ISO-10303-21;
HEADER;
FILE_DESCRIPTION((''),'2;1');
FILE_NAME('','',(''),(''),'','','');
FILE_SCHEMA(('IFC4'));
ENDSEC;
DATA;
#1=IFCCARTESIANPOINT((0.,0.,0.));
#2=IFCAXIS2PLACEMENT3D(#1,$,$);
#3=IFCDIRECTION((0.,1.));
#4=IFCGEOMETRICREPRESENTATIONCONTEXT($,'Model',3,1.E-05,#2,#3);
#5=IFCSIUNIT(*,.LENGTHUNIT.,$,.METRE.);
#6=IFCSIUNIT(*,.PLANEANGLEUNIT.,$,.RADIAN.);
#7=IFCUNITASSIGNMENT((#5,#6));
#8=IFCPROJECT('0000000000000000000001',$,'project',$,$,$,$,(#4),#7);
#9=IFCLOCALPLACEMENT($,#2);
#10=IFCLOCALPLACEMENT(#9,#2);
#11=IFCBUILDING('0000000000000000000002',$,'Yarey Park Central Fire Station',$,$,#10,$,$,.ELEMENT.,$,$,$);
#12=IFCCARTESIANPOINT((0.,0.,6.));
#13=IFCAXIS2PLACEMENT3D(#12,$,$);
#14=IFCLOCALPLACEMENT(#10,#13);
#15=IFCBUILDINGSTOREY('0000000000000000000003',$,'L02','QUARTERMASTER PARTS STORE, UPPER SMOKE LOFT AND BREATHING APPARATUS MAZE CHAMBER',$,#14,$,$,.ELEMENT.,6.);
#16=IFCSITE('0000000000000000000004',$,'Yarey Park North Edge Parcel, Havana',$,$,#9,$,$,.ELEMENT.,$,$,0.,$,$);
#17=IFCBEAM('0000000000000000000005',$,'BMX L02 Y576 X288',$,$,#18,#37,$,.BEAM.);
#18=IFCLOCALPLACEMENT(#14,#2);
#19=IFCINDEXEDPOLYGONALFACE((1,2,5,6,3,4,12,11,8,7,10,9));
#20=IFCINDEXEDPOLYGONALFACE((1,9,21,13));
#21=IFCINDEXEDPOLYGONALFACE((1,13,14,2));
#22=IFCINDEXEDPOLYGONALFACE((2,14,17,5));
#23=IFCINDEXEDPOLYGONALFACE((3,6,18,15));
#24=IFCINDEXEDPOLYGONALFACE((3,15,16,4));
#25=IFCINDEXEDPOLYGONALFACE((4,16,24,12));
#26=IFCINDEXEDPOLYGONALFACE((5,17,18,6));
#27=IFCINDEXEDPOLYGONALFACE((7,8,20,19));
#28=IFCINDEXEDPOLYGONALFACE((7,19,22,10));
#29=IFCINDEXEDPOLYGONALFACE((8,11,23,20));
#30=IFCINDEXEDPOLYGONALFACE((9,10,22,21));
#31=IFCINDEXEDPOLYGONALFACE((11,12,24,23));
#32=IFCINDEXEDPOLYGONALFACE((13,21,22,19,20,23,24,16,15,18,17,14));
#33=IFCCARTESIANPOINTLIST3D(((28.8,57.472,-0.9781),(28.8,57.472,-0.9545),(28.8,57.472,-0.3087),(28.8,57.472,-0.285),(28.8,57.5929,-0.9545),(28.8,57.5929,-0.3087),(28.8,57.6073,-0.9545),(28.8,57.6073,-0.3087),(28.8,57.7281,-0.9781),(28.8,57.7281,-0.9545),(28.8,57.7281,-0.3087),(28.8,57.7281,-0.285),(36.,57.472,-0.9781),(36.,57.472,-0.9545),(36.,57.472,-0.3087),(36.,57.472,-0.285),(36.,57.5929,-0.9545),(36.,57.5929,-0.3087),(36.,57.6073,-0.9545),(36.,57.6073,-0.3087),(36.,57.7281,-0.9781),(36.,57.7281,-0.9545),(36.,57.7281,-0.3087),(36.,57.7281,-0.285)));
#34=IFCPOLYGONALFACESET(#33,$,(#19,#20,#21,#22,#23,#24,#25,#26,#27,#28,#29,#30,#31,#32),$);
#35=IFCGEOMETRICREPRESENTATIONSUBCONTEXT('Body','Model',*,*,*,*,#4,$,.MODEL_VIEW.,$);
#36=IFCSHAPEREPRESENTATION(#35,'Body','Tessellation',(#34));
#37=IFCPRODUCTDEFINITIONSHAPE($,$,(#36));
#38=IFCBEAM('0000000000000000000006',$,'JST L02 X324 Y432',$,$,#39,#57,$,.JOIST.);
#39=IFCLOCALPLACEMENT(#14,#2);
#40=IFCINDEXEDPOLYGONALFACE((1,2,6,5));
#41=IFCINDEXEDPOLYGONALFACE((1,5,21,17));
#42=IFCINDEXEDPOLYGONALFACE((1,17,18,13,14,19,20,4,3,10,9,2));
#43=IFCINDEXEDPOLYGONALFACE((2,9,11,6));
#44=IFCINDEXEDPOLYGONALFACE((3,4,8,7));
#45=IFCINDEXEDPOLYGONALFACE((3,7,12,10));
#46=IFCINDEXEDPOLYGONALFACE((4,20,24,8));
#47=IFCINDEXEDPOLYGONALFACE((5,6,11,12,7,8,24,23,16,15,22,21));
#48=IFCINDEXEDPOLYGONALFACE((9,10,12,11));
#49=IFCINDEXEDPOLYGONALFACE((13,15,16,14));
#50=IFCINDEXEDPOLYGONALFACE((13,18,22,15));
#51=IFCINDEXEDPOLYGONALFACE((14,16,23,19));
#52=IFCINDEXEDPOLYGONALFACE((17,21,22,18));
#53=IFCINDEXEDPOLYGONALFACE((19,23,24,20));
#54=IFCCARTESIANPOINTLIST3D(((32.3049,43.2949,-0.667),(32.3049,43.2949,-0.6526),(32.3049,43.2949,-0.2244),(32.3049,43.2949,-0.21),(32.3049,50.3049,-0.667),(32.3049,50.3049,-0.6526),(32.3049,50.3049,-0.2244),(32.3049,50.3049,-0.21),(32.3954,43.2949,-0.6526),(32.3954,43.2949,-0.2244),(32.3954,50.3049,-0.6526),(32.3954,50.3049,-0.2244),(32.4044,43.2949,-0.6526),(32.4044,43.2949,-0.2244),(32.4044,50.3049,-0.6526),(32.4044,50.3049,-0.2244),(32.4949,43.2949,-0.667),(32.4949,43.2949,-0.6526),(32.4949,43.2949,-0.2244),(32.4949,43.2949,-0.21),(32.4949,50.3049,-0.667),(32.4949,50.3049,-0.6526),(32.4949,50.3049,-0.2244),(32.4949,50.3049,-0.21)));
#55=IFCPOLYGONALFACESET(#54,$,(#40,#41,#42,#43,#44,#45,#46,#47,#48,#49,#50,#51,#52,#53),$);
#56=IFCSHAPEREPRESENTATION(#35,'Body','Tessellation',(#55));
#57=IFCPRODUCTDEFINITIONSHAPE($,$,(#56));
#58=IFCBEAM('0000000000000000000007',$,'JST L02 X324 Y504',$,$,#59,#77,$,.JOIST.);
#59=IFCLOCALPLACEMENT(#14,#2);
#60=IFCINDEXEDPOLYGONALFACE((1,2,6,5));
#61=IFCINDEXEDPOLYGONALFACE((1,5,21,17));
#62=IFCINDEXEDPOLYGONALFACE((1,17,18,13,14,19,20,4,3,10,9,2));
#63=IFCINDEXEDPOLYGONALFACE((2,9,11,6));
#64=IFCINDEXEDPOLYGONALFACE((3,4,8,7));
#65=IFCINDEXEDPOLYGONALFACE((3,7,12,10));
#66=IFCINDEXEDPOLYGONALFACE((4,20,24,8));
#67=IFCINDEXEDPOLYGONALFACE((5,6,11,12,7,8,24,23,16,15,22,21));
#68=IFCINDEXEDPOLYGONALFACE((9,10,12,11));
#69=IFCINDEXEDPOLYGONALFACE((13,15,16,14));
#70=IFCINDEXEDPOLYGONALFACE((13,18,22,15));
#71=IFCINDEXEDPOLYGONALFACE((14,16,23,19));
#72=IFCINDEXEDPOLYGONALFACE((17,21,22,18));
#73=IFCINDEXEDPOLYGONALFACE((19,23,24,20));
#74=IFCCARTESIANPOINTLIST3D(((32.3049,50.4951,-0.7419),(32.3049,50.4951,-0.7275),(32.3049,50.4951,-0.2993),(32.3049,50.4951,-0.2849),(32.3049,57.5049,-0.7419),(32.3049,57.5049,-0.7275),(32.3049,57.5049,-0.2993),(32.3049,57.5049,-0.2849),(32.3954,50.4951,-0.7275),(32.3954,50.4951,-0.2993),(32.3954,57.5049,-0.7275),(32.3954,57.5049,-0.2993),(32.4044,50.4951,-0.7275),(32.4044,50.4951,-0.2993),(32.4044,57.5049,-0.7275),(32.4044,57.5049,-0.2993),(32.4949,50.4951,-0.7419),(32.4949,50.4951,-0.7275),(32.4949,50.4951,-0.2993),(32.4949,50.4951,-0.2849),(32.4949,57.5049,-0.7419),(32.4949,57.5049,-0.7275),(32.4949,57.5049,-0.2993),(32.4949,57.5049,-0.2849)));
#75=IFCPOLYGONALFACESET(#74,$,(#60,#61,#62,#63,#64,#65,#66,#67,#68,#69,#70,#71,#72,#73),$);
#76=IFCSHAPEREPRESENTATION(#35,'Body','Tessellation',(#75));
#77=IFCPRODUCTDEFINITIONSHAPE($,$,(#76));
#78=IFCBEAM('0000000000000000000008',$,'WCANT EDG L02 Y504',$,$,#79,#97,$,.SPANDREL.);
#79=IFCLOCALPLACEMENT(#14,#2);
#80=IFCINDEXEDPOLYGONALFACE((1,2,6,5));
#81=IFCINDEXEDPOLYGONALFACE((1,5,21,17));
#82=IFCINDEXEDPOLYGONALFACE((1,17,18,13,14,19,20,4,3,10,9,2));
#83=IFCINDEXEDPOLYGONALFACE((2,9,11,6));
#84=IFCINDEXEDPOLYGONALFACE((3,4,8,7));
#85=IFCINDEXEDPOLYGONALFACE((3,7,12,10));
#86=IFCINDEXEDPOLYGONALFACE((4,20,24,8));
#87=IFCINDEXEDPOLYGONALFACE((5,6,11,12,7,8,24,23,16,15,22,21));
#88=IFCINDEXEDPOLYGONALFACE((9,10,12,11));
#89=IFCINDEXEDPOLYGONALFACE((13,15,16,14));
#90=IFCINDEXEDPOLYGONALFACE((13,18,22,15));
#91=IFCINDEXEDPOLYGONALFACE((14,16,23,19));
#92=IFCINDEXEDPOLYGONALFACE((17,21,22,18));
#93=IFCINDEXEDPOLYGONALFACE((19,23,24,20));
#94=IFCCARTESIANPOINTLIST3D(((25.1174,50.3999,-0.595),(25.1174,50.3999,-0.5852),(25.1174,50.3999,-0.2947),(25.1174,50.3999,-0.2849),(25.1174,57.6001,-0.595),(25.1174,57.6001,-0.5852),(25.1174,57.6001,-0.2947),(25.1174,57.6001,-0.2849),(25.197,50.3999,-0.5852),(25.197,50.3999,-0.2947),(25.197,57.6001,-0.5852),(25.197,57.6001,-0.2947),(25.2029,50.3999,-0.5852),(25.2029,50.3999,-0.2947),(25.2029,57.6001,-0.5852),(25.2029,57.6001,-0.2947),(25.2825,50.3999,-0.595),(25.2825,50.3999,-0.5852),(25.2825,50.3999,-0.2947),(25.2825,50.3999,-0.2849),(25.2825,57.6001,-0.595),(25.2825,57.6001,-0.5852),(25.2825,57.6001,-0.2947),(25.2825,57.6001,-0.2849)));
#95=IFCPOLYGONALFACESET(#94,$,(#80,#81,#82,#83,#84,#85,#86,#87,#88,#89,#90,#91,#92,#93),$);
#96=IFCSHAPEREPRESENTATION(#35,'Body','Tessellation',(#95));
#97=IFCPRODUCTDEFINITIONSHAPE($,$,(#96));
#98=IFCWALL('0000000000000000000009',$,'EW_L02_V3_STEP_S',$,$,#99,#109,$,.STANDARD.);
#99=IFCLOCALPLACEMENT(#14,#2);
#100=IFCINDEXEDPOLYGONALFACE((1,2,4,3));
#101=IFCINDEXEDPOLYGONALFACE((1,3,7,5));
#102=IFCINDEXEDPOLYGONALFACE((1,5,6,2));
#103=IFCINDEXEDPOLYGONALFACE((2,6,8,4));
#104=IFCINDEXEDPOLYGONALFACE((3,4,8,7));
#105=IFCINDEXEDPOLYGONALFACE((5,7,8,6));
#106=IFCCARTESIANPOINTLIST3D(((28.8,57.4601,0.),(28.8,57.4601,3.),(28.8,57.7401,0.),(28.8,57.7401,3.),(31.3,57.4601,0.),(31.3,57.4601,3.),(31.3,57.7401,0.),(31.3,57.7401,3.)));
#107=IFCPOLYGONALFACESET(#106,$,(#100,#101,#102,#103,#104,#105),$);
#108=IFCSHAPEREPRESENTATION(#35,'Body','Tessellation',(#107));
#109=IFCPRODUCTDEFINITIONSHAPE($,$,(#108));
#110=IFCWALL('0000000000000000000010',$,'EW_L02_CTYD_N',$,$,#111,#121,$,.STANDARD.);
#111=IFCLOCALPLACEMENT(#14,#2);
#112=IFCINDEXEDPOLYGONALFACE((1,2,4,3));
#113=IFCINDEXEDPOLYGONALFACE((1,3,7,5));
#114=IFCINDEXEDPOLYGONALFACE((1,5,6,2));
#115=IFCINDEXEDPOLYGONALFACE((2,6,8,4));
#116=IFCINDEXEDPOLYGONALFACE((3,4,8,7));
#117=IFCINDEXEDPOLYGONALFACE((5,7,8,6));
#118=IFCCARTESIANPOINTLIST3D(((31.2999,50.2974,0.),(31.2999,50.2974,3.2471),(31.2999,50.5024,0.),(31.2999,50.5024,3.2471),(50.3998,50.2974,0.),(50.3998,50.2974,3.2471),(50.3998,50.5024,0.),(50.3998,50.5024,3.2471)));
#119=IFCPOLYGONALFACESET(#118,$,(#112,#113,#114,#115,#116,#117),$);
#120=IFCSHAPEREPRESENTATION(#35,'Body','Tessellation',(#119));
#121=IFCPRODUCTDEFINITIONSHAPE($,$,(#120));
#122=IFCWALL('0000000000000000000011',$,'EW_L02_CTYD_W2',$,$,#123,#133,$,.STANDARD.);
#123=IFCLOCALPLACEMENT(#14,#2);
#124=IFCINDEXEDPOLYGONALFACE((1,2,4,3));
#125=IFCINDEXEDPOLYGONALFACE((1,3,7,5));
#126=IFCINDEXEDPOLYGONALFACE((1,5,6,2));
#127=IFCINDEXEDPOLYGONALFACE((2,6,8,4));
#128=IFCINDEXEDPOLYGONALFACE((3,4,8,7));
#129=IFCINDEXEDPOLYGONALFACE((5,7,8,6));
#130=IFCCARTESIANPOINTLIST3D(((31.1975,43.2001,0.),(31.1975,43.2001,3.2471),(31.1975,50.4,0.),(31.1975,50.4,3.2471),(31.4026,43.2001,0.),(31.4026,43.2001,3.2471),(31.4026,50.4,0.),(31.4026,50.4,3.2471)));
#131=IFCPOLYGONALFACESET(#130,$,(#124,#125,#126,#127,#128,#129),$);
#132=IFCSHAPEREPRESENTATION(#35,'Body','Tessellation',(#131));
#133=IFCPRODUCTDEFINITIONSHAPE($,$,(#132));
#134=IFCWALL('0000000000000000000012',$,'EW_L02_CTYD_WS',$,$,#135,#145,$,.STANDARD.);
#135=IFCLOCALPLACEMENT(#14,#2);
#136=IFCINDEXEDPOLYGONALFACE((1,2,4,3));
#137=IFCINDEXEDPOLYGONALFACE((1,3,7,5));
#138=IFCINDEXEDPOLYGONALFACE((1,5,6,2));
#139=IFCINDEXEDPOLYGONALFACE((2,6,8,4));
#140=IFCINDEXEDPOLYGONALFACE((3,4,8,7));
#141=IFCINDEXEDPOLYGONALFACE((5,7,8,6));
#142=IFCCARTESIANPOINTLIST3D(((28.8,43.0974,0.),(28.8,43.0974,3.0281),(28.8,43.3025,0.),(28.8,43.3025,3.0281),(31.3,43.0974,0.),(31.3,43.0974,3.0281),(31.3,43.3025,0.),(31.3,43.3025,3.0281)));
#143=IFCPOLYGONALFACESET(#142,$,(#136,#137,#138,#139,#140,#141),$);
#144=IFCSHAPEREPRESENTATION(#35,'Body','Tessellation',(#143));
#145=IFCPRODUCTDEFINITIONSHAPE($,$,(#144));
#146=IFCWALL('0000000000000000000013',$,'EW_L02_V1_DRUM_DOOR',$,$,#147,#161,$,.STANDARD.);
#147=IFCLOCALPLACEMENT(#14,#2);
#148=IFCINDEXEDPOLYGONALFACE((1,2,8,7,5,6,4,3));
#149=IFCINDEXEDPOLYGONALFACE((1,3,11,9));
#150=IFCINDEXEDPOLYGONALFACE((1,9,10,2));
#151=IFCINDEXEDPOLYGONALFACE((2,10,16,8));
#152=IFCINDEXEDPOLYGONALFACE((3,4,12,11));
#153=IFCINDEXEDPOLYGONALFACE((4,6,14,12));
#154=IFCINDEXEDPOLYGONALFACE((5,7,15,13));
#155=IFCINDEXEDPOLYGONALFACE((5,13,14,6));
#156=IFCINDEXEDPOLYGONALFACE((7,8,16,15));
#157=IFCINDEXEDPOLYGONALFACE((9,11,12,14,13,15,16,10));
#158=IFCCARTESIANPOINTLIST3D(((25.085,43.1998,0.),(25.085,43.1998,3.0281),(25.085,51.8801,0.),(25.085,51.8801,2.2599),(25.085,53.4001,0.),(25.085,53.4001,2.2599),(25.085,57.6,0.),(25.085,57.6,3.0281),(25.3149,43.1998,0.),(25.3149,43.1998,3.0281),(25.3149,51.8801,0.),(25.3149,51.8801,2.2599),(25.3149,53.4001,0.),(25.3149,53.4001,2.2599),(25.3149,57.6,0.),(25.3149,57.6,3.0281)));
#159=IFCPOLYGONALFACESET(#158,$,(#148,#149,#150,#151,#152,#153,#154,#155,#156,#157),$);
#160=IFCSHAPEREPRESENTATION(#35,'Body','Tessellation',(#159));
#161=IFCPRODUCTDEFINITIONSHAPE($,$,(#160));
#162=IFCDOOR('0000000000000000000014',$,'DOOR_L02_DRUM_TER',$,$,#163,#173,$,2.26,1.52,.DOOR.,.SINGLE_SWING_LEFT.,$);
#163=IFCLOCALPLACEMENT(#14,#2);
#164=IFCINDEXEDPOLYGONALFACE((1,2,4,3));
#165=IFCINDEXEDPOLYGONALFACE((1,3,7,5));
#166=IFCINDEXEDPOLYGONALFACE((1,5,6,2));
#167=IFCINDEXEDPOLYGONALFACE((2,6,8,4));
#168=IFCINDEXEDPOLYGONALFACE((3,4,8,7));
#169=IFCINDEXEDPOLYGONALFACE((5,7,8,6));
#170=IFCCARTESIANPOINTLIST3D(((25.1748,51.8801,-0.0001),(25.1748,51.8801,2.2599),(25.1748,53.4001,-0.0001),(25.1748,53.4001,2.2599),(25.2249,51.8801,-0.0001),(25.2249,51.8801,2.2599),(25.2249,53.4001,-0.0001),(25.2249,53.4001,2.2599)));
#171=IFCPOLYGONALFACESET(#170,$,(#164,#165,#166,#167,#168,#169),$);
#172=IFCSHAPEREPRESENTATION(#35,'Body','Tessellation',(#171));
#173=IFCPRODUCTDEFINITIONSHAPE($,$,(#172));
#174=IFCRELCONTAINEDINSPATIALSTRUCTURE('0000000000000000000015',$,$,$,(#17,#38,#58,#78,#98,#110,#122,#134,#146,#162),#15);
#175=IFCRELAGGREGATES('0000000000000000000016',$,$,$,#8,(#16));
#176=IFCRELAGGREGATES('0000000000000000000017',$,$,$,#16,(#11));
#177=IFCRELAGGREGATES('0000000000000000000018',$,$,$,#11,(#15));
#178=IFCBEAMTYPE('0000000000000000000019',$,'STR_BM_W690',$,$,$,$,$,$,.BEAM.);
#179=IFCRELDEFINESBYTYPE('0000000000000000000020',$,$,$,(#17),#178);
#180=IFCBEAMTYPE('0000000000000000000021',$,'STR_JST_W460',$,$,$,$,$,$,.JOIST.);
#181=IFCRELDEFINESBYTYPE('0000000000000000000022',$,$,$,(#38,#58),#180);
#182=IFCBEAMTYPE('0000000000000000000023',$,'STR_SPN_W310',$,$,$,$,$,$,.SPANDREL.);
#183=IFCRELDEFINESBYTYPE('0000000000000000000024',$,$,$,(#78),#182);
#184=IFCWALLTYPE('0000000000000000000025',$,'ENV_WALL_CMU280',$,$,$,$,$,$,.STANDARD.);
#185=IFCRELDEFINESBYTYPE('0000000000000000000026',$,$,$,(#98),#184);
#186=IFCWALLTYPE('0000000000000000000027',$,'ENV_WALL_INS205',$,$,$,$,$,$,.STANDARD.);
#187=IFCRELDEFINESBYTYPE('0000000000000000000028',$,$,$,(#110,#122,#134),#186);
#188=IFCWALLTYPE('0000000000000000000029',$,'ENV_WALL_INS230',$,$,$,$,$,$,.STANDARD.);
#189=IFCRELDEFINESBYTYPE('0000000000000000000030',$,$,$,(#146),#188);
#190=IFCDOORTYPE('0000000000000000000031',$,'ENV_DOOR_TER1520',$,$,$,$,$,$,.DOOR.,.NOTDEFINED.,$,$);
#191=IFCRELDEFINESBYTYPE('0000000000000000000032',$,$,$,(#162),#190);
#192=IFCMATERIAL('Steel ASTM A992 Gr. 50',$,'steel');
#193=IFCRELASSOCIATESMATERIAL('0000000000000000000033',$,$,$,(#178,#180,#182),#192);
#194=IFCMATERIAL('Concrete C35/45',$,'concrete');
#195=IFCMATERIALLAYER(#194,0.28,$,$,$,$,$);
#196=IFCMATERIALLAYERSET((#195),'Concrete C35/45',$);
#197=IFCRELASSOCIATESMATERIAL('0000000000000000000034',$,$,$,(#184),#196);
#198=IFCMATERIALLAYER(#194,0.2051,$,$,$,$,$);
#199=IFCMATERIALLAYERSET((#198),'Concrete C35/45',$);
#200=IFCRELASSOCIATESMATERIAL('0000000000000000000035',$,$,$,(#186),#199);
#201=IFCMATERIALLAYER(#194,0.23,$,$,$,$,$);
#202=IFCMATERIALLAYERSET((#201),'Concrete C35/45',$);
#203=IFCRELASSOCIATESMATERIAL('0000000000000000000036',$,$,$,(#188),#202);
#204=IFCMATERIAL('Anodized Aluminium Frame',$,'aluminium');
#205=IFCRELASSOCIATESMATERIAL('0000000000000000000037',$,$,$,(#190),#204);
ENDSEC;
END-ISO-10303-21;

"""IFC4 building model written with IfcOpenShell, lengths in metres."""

from ifc_helpers import new_model, si_unit, direction, frame, frame_2d, origin, origin_2d, place, context, subcontext, project, spatial, rectangle, i_section, extrude, material, layer, layer_set, material_profile, profile_set, type_object, element, fill, save


model = new_model("IFC4")

# Units and contexts
model_context = context("Model", 3, precision=1e-05, world=origin(), true_north=direction((0.0, 1.0)))
body_context = subcontext(model_context, "Body", "Model", "MODEL_VIEW")
ifc_project = project(units=[si_unit("LENGTHUNIT", "METRE"), si_unit("PLANEANGLEUNIT", "RADIAN")], contexts=[model_context])

# Site, building, storey
site_placement = place(None, origin())
site = spatial("IfcSite", under=ifc_project, at=site_placement, Name="Yarey Park North Edge Parcel, Havana", CompositionType="ELEMENT", RefElevation=0.0)
building_placement = place(site_placement, origin())
building = spatial("IfcBuilding", under=site, at=building_placement, Name="Yarey Park Central Fire Station", CompositionType="ELEMENT")
storey_placement = place(building_placement, frame((0.0, 0.0, 6.0)))
storey = spatial("IfcBuildingStorey", under=building, at=storey_placement, Name="L02", Description="QUARTERMASTER PARTS STORE, UPPER SMOKE LOFT AND BREATHING APPARATUS MAZE CHAMBER", CompositionType="ELEMENT", Elevation=6.0)

# Shared definitions
ifc_material_1 = material(Name="Steel ASTM A992 Gr. 50", Category="steel")

# Beams
ifc_material_profile_1 = material_profile(ifc_material_1, i_section(OverallWidth=0.2561, OverallDepth=0.6931, WebThickness=0.0144, FlangeThickness=0.0237, at=origin_2d()), Name="W690x170")
ifc_profile_set_1 = profile_set([ifc_material_profile_1], Name="Steel ASTM A992 Gr. 50")
beam_type_1 = type_object("IfcBeamType", Name="STR_BM_W690", PredefinedType="BEAM", material=ifc_profile_set_1)
for number, where, z_axis, x_axis, name in (
    (1, (28.8, 57.6001, -0.6316), (1.0, 0.0, 0.0), (0.0, 1.0, 0.0), "BMX L02 Y576 X288"),
):
    element("IfcBeam", number, at=place(storey_placement, frame(where, z_axis=z_axis, x_axis=x_axis)), inside=storey, type_object=beam_type_1, Name=name, PredefinedType="BEAM", context=body_context, shape_type="SweptSolid", body=[
        extrude(i_section(OverallWidth=0.2561, OverallDepth=0.6931, WebThickness=0.0144, FlangeThickness=0.0237, at=origin_2d()), origin(), (0.0, 0.0, 1.0), 7.2),
    ])
ifc_material_profile_2 = material_profile(ifc_material_1, i_section(OverallWidth=0.1899, OverallDepth=0.457, WebThickness=0.009, FlangeThickness=0.0144, at=origin_2d()), Name="W460x74")
ifc_profile_set_2 = profile_set([ifc_material_profile_2], Name="Steel ASTM A992 Gr. 50")
beam_type_2 = type_object("IfcBeamType", Name="STR_JST_W460", PredefinedType="JOIST", material=ifc_profile_set_2)
beam_1_placement = place(storey_placement, frame((32.3999, 43.2949, -0.4385), z_axis=(0.0, 1.0, 0.0), x_axis=(-1.0, 0.0, 0.0)))
element("IfcBeam", 2, at=beam_1_placement, inside=storey, type_object=beam_type_2, Name="JST L02 X324 Y432", PredefinedType="JOIST", context=body_context, shape_type="SweptSolid", body=[
    extrude(i_section(OverallWidth=0.1899, OverallDepth=0.457, WebThickness=0.009, FlangeThickness=0.0144, at=origin_2d()), origin(), (0.0, 0.0, 1.0), 7.01),
])
beam_2_placement = place(storey_placement, frame((32.3999, 50.4951, -0.5134), z_axis=(0.0, 1.0, 0.0), x_axis=(-1.0, 0.0, 0.0)))
element("IfcBeam", 3, at=beam_2_placement, inside=storey, type_object=beam_type_2, Name="JST L02 X324 Y504", PredefinedType="JOIST", context=body_context, shape_type="SweptSolid", body=[
    extrude(i_section(OverallWidth=0.1899, OverallDepth=0.457, WebThickness=0.009, FlangeThickness=0.0144, at=origin_2d()), origin(), (0.0, 0.0, 1.0), 7.0098),
])
ifc_material_profile_3 = material_profile(ifc_material_1, i_section(OverallWidth=0.165, OverallDepth=0.3101, WebThickness=0.0059, FlangeThickness=0.0098, at=origin_2d()), Name="W310x39")
ifc_profile_set_3 = profile_set([ifc_material_profile_3], Name="Steel ASTM A992 Gr. 50")
beam_type_3 = type_object("IfcBeamType", Name="STR_SPN_W310", PredefinedType="SPANDREL", material=ifc_profile_set_3)
beam_3_placement = place(storey_placement, frame((25.2, 50.3999, -0.4399), z_axis=(0.0, 1.0, 0.0), x_axis=(-1.0, 0.0, 0.0)))
element("IfcBeam", 4, at=beam_3_placement, inside=storey, type_object=beam_type_3, Name="WCANT EDG L02 Y504", PredefinedType="SPANDREL", context=body_context, shape_type="SweptSolid", body=[
    extrude(i_section(OverallWidth=0.165, OverallDepth=0.3101, WebThickness=0.0059, FlangeThickness=0.0098, at=origin_2d()), origin(), (0.0, 0.0, 1.0), 7.2002),
])

# Walls
ifc_material_2 = material(Name="Concrete C35/45", Category="concrete")
ifc_layer_1 = layer(ifc_material_2, 0.28)
ifc_layer_set_1 = layer_set([ifc_layer_1], Name="Concrete C35/45")
wall_type_1 = type_object("IfcWallType", Name="ENV_WALL_CMU280", PredefinedType="STANDARD", material=ifc_layer_set_1)
wall_1_placement = place(storey_placement, frame((28.8, 57.6001, 0.0), z_axis=(0.0, 0.0, 1.0), x_axis=(1.0, 0.0, 0.0)))
element("IfcWall", 5, at=wall_1_placement, inside=storey, type_object=wall_type_1, Name="EW_L02_V3_STEP_S", PredefinedType="STANDARD", context=body_context, shape_type="SweptSolid", body=[
    extrude(rectangle(XDim=2.5, YDim=0.28, at=frame_2d((1.25, 0.0))), origin(), (0.0, 0.0, 1.0), 3.0),
])
ifc_layer_2 = layer(ifc_material_2, 0.2051)
ifc_layer_set_2 = layer_set([ifc_layer_2], Name="Concrete C35/45")
wall_type_2 = type_object("IfcWallType", Name="ENV_WALL_INS205", PredefinedType="STANDARD", material=ifc_layer_set_2)
wall_2_placement = place(storey_placement, frame((31.3, 50.3999, 0.0), z_axis=(0.0, 0.0, 1.0), x_axis=(1.0, 0.0, 0.0)))
element("IfcWall", 6, at=wall_2_placement, inside=storey, type_object=wall_type_2, Name="EW_L02_CTYD_N", PredefinedType="STANDARD", context=body_context, shape_type="SweptSolid", body=[
    extrude(rectangle(XDim=19.0999, YDim=0.2051, at=frame_2d((9.5498, 0.0))), origin(), (0.0, 0.0, 1.0), 3.2471),
])
wall_3_placement = place(storey_placement, frame((31.3, 43.2, 0.0), z_axis=(0.0, 0.0, 1.0), x_axis=(0.0, 1.0, 0.0)))
element("IfcWall", 7, at=wall_3_placement, inside=storey, type_object=wall_type_2, Name="EW_L02_CTYD_W2", PredefinedType="STANDARD", context=body_context, shape_type="SweptSolid", body=[
    extrude(rectangle(XDim=7.2, YDim=0.2051, at=frame_2d((3.6001, 0.0))), origin(), (0.0, 0.0, 1.0), 3.2471),
])
wall_4_placement = place(storey_placement, frame((28.8, 43.2, 0.0), z_axis=(0.0, 0.0, 1.0), x_axis=(1.0, 0.0, 0.0)))
element("IfcWall", 8, at=wall_4_placement, inside=storey, type_object=wall_type_2, Name="EW_L02_CTYD_WS", PredefinedType="STANDARD", context=body_context, shape_type="SweptSolid", body=[
    extrude(rectangle(XDim=2.5, YDim=0.2051, at=frame_2d((1.25, 0.0))), origin(), (0.0, 0.0, 1.0), 3.0281),
])

# Wall, opening, door
ifc_layer_3 = layer(ifc_material_2, 0.23)
ifc_layer_set_3 = layer_set([ifc_layer_3], Name="Concrete C35/45")
wall_type_3 = type_object("IfcWallType", Name="ENV_WALL_INS230", PredefinedType="STANDARD", material=ifc_layer_set_3)
wall_5_placement = place(storey_placement, frame((25.2, 57.6001, 0.0), z_axis=(0.0, 0.0, 1.0), x_axis=(0.0, -1.0, 0.0)))
wall_5 = element("IfcWall", 9, at=wall_5_placement, inside=storey, type_object=wall_type_3, Name="EW_L02_V1_DRUM_DOOR", PredefinedType="STANDARD", context=body_context, shape_type="SweptSolid", body=[
    extrude(rectangle(XDim=14.4001, YDim=0.23, at=frame_2d((7.2002, 0.0))), origin(), (0.0, 0.0, 1.0), 3.0281),
])
opening_1_placement = place(wall_5_placement, frame((4.2, 0.0, 0.0)))
opening_1 = element("IfcOpeningElement", 10, at=opening_1_placement, cuts=wall_5, PredefinedType="OPENING", context=body_context, shape_type="SweptSolid", body=[
    extrude(rectangle(XDim=1.52, YDim=2.26, at=frame_2d((0.76, 1.1299))), frame((0.0, 0.125, 0.0), z_axis=(0.0, -1.0, 0.0), x_axis=(1.0, 0.0, 0.0)), (0.0, 0.0, 1.0), 0.25),
])
ifc_material_3 = material(Name="Anodized Aluminium Frame", Category="aluminium")
door_type_1 = type_object("IfcDoorType", Name="ENV_DOOR_TER1520", OperationType="NOTDEFINED", PredefinedType="DOOR", material=ifc_material_3)
door_1_placement = place(opening_1_placement, origin())
door_1 = element("IfcDoor", 11, at=door_1_placement, inside=storey, type_object=door_type_1, Name="DOOR_L02_DRUM_TER", OperationType="SINGLE_SWING_LEFT", OverallHeight=2.26, OverallWidth=1.52, PredefinedType="DOOR", context=body_context, shape_type="SweptSolid", body=[
    extrude(rectangle(XDim=1.52, YDim=2.26, at=frame_2d((0.76, 1.1299))), frame((0.0, 0.0249, 0.0), z_axis=(0.0, -1.0, 0.0), x_axis=(1.0, 0.0, 0.0)), (0.0, 0.0, 1.0), 0.05),
])
fill(opening_1, door_1)

save(model, "model.ifc")
